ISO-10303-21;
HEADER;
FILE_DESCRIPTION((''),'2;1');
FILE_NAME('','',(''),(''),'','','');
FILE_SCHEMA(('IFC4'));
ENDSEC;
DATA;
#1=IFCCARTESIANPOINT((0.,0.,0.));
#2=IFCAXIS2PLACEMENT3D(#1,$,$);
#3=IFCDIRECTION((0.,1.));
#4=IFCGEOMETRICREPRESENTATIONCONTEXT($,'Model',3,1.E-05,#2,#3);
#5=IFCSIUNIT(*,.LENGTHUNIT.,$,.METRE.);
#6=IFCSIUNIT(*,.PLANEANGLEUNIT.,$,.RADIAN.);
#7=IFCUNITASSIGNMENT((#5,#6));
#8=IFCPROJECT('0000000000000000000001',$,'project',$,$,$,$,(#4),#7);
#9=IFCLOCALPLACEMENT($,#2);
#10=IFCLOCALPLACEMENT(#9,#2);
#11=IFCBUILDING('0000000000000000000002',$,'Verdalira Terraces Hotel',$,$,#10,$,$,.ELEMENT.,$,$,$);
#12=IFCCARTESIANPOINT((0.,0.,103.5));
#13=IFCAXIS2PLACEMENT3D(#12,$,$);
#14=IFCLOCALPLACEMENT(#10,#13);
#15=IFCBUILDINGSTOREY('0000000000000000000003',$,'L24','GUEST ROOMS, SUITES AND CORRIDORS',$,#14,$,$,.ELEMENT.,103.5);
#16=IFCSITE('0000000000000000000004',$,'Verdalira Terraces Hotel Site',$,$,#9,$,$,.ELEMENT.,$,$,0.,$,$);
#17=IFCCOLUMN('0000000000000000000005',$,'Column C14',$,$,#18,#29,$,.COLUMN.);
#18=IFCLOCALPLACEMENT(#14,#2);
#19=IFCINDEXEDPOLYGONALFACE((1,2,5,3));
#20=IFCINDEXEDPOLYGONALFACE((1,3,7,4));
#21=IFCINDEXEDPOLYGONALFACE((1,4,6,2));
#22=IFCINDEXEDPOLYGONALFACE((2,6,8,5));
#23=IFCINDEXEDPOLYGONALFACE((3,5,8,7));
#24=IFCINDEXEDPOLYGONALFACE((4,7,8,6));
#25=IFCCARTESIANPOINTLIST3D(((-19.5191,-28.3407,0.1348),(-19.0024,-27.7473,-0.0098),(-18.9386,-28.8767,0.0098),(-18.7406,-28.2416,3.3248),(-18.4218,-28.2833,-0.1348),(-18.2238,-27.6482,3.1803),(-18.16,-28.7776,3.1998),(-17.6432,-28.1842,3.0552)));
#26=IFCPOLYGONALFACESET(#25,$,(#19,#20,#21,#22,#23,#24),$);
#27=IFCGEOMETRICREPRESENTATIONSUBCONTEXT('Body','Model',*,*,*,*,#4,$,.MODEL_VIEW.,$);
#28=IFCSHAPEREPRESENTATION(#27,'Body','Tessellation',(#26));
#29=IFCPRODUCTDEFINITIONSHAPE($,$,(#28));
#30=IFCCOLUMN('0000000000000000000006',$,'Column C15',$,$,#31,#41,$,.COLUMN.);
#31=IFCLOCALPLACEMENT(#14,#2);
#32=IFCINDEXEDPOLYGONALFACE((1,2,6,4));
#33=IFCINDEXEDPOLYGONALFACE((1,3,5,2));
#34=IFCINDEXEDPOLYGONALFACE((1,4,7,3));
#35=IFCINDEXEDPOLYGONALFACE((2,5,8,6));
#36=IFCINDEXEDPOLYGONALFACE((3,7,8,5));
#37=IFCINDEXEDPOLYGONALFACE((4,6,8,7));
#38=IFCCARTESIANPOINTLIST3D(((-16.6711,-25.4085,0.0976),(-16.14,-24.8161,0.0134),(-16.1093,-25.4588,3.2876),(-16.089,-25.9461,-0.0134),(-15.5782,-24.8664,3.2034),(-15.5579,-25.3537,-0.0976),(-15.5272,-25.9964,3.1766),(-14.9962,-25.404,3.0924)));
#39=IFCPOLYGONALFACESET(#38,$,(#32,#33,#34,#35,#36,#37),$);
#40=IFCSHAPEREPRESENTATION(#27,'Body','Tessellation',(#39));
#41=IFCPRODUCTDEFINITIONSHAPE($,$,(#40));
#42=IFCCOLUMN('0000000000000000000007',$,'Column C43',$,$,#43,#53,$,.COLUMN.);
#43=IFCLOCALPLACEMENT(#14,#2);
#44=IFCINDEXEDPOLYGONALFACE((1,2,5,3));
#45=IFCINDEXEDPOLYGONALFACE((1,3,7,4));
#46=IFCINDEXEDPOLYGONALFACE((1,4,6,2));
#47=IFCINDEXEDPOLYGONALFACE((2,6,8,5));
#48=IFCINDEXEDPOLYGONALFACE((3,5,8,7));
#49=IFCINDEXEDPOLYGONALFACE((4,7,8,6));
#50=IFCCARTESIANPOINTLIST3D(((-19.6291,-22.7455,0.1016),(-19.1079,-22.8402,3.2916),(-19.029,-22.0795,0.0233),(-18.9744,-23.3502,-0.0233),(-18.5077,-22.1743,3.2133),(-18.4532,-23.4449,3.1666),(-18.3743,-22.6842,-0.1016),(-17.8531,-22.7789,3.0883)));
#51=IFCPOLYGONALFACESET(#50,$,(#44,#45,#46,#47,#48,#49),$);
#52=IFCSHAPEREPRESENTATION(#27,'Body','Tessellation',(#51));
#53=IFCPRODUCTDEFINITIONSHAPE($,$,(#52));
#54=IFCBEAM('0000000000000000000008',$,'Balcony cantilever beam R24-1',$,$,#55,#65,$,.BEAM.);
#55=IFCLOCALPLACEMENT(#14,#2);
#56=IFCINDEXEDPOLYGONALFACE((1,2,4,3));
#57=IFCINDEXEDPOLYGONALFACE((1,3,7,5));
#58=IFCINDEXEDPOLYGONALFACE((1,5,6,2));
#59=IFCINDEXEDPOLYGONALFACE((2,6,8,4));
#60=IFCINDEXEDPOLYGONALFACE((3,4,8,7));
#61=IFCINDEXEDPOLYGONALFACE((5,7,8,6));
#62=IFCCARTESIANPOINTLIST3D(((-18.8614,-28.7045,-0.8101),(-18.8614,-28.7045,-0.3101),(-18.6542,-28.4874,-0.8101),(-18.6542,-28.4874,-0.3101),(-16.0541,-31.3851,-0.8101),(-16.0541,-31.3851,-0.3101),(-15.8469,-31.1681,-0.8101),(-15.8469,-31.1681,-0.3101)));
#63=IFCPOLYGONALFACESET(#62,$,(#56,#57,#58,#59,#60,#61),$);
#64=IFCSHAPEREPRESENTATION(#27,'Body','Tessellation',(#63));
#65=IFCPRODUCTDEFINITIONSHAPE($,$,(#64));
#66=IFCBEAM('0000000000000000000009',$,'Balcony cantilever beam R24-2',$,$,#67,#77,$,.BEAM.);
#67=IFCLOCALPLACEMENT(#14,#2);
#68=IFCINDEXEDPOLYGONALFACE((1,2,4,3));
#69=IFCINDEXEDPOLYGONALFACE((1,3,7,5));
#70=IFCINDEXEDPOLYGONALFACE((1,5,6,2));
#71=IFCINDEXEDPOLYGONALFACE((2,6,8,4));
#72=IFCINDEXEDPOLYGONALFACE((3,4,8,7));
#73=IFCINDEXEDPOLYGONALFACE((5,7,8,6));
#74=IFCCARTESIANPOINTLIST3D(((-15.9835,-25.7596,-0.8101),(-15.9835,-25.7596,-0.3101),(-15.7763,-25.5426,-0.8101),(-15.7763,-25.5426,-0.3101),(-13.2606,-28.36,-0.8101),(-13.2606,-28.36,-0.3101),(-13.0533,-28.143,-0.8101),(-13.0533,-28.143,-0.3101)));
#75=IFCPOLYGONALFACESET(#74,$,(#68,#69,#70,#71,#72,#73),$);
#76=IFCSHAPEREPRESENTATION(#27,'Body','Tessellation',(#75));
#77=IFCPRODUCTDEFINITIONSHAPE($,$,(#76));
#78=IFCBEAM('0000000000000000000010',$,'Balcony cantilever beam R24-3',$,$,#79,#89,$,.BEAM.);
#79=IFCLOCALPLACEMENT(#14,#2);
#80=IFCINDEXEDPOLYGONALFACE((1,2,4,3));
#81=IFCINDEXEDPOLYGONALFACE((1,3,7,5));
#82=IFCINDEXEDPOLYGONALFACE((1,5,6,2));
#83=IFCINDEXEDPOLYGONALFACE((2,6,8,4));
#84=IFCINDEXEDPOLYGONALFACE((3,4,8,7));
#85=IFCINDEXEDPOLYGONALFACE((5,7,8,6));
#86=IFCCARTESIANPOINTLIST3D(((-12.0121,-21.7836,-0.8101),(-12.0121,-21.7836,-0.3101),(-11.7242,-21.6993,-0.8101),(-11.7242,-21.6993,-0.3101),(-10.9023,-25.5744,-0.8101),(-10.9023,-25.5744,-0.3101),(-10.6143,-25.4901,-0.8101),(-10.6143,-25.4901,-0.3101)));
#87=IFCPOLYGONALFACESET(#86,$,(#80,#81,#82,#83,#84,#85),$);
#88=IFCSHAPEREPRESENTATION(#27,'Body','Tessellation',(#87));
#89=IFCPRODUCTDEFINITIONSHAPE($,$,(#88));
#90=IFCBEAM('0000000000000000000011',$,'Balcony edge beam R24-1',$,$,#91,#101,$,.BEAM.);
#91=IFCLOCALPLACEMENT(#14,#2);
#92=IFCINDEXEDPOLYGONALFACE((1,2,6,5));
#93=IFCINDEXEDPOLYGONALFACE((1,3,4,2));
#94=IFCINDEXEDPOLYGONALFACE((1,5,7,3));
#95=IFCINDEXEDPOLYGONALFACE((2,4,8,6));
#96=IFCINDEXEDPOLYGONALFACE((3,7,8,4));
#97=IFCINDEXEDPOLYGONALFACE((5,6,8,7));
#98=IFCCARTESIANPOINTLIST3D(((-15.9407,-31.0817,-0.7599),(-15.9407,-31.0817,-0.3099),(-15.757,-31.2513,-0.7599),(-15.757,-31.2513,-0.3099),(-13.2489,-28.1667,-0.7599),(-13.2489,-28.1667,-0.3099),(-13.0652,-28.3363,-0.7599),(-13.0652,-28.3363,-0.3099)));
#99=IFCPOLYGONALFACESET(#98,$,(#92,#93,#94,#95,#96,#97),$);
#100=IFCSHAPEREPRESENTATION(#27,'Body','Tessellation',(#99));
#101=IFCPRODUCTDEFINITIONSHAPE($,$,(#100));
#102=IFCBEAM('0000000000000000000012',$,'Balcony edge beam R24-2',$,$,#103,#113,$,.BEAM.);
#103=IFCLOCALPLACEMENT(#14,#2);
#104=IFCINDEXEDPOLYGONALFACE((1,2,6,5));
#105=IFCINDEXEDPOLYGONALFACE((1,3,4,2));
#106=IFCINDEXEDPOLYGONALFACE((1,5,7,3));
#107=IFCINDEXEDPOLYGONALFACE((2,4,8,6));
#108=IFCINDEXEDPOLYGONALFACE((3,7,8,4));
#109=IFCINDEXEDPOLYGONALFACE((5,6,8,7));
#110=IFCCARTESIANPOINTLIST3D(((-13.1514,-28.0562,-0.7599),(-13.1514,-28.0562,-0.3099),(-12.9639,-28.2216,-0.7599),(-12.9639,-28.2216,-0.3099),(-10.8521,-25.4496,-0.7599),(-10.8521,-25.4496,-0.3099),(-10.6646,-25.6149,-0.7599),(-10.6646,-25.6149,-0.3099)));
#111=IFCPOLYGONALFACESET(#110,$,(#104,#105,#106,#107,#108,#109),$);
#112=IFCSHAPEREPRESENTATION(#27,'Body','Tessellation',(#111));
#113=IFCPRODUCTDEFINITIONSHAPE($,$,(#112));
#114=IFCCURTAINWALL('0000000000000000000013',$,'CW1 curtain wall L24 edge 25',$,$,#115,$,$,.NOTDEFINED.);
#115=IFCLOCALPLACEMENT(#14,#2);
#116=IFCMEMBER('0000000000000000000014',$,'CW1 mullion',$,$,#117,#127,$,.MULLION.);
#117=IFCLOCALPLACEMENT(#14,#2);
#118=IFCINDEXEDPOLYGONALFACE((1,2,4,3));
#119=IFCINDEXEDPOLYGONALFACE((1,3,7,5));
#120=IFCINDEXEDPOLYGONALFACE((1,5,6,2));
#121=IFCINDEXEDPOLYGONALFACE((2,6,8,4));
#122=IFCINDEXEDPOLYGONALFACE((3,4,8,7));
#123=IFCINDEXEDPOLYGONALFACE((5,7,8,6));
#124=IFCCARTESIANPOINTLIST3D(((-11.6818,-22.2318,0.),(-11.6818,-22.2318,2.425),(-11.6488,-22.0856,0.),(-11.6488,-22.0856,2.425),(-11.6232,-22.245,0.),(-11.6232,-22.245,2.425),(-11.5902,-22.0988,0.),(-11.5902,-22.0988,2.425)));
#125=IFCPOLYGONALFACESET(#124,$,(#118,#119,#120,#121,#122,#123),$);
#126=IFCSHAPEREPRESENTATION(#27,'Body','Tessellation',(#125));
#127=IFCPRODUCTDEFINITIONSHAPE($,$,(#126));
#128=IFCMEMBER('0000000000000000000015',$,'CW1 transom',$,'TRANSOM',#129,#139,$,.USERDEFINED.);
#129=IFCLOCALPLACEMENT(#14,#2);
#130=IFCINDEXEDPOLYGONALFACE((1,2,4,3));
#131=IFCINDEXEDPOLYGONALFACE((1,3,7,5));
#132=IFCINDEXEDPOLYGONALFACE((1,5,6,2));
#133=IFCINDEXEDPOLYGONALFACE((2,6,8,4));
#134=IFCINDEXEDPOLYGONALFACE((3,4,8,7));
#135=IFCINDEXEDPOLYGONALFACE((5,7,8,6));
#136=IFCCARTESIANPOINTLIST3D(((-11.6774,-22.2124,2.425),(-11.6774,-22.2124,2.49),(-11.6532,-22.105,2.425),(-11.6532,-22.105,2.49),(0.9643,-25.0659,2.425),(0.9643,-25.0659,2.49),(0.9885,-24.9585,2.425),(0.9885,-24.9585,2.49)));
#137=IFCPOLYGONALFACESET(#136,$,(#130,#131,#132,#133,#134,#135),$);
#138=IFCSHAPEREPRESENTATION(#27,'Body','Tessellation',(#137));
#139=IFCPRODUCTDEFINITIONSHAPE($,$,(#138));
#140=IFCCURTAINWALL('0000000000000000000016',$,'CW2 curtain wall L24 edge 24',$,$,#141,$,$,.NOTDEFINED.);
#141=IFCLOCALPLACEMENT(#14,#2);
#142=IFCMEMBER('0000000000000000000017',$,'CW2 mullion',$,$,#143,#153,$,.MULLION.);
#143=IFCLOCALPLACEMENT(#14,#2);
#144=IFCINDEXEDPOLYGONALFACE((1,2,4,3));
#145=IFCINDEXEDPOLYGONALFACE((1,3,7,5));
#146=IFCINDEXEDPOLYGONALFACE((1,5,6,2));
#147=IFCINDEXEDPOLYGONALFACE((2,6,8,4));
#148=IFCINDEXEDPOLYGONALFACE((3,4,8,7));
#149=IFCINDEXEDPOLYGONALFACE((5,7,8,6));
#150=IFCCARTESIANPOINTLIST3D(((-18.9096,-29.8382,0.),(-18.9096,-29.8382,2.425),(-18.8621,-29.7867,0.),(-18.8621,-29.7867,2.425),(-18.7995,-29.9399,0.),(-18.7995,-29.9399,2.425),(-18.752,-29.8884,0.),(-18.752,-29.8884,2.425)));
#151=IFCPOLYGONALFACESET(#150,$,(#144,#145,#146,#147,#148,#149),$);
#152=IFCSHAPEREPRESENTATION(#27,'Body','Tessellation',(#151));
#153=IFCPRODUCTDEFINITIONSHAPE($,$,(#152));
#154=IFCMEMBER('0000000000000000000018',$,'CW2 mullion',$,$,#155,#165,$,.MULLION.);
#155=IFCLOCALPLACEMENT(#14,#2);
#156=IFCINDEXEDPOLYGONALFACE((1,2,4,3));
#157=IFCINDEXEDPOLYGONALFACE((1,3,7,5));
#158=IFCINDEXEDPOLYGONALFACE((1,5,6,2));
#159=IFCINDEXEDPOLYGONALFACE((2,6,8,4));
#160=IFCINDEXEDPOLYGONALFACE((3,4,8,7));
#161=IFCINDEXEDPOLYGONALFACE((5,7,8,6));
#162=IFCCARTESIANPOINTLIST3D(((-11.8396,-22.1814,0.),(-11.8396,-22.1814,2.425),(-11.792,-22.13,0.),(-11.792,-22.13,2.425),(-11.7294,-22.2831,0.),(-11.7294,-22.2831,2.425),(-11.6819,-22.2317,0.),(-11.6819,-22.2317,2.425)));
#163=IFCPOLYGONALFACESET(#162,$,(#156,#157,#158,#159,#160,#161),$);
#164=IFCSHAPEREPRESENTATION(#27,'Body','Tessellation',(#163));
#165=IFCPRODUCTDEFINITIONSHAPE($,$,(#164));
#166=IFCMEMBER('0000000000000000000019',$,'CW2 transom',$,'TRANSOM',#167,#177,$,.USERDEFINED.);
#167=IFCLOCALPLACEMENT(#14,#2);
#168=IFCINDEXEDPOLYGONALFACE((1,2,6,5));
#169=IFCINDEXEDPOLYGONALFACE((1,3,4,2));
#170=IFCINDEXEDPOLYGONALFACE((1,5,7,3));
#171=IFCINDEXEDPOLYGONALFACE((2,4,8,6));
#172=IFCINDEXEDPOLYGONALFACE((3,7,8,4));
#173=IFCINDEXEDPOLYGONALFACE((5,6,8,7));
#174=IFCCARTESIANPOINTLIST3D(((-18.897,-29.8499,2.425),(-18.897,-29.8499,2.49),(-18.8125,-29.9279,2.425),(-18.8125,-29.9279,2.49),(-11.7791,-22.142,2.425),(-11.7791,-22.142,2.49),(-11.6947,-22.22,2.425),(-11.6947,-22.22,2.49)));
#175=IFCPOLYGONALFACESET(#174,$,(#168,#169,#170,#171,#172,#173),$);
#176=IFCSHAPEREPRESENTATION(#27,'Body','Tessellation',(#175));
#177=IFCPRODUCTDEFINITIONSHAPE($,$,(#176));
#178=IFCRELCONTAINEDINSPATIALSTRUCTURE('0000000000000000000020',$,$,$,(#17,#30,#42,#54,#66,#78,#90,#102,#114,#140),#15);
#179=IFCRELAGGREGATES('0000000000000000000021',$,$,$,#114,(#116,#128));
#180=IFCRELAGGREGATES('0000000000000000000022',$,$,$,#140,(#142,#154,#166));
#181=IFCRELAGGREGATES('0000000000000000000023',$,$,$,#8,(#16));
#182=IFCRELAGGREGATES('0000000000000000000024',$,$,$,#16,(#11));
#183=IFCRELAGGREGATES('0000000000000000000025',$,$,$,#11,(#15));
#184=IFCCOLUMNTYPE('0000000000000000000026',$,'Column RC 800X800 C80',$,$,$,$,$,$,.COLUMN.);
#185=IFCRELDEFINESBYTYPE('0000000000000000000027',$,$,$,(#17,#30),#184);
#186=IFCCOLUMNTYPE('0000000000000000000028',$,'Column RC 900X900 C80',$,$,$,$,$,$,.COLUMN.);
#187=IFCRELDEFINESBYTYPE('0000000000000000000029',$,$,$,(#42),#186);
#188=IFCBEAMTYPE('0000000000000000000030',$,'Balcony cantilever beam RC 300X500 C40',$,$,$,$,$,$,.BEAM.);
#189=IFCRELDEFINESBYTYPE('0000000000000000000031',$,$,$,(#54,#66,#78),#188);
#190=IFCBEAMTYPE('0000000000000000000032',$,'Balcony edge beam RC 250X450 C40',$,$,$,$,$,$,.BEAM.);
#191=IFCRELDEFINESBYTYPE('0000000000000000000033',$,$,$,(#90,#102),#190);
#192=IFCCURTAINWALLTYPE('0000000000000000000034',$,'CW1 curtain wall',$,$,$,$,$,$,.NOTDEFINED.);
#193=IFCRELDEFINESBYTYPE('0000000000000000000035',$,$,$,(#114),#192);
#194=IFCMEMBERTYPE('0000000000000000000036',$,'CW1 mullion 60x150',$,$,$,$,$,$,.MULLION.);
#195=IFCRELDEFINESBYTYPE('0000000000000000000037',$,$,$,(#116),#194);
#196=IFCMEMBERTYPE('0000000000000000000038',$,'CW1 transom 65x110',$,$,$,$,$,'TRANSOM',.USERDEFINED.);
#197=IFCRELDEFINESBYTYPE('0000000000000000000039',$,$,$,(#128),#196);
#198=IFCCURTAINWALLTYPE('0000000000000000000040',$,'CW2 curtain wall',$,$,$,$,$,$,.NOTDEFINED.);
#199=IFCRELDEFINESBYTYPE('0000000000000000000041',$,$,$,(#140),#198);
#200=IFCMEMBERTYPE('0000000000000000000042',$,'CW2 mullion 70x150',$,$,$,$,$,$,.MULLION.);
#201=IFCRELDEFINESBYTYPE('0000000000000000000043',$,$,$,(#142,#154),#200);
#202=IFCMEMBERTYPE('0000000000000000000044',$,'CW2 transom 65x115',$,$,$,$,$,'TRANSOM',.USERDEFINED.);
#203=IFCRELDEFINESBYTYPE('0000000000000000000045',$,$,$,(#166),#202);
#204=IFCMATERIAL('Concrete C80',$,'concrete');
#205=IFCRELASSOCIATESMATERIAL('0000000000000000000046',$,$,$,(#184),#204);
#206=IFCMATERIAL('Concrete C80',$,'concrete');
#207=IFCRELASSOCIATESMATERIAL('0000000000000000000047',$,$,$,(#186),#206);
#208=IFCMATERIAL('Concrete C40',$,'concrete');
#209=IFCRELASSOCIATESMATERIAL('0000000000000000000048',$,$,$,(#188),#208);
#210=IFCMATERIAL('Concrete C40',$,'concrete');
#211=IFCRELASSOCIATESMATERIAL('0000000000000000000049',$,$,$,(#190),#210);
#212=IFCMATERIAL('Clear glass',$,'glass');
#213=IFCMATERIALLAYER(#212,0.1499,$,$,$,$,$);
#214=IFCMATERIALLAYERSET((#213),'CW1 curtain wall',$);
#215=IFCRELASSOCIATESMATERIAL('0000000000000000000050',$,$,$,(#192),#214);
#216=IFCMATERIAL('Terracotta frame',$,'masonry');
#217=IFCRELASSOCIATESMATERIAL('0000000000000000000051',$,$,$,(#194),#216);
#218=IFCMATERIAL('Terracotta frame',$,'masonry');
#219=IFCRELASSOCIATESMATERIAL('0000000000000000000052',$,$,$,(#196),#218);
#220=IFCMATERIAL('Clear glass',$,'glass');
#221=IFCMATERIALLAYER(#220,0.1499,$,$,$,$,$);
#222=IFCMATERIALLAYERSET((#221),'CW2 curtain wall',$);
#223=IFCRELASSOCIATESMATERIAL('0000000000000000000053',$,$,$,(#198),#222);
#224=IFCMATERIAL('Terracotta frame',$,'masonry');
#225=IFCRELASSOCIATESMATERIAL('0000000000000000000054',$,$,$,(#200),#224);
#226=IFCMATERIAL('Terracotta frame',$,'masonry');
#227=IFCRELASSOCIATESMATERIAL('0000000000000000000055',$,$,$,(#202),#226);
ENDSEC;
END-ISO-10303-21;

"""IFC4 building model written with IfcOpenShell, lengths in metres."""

from ifc_helpers import new_model, si_unit, direction, frame, origin, origin_2d, place, context, subcontext, project, spatial, rectangle, extrude, material, layer, layer_set, material_profile, profile_set, type_object, element, aggregate, save


model = new_model("IFC4")

# Units and contexts
model_context = context("Model", 3, precision=1e-05, world=origin(), true_north=direction((0.0, 1.0)))
body_context = subcontext(model_context, "Body", "Model", "MODEL_VIEW")
ifc_project = project(units=[si_unit("LENGTHUNIT", "METRE"), si_unit("PLANEANGLEUNIT", "RADIAN")], contexts=[model_context])

# Site, building, storey
site_placement = place(None, origin())
site = spatial("IfcSite", under=ifc_project, at=site_placement, Name="Verdalira Terraces Hotel Site", CompositionType="ELEMENT", RefElevation=0.0)
building_placement = place(site_placement, origin())
building = spatial("IfcBuilding", under=site, at=building_placement, Name="Verdalira Terraces Hotel", CompositionType="ELEMENT")
storey_placement = place(building_placement, frame((0.0, 0.0, 103.5)))
storey = spatial("IfcBuildingStorey", under=building, at=storey_placement, Name="L24", Description="GUEST ROOMS, SUITES AND CORRIDORS", CompositionType="ELEMENT", Elevation=103.5)

# Columns
ifc_material_1 = material(Name="Concrete C80", Category="concrete")
ifc_material_profile_1 = material_profile(ifc_material_1, rectangle(XDim=0.8, YDim=0.8, at=origin_2d()), Name="RC 800X800")
ifc_profile_set_1 = profile_set([ifc_material_profile_1], Name="Concrete C80")
column_type_1 = type_object("IfcColumnType", Name="Column RC 800X800 C80", PredefinedType="COLUMN", material=ifc_profile_set_1)
column_1_placement = place(storey_placement, frame((-18.9705, -28.312, 0.0), z_axis=(0.237001, 0.030173, 0.971041), x_axis=(0.645919, 0.741713, -0.180696)))
element("IfcColumn", 1, at=column_1_placement, inside=storey, type_object=column_type_1, Name="Column C14", PredefinedType="COLUMN", context=body_context, shape_type="SweptSolid", body=[
    extrude(rectangle(XDim=0.8, YDim=0.8, at=origin_2d()), origin(), (0.0, 0.0, 1.0), 3.2852),
])
column_2_placement = place(storey_placement, frame((-16.1145, -25.3811, 0.0), z_axis=(0.173416, -0.015525, 0.984726), x_axis=(0.663788, 0.740482, -0.105223)))
element("IfcColumn", 2, at=column_2_placement, inside=storey, type_object=column_type_1, Name="Column C15", PredefinedType="COLUMN", context=body_context, shape_type="SweptSolid", body=[
    extrude(rectangle(XDim=0.8, YDim=0.8, at=origin_2d()), origin(), (0.0, 0.0, 1.0), 3.2395),
])
ifc_material_2 = material(Name="Concrete C80", Category="concrete")
ifc_material_profile_2 = material_profile(ifc_material_2, rectangle(XDim=0.8999, YDim=0.8999, at=origin_2d()), Name="RC 900X900")
ifc_profile_set_2 = profile_set([ifc_material_profile_2], Name="Concrete C80")
column_type_2 = type_object("IfcColumnType", Name="Column RC 900X900 C80", PredefinedType="COLUMN", material=ifc_profile_set_2)
column_3_placement = place(storey_placement, frame((-19.0017, -22.7148, 0.0), z_axis=(0.161193, -0.029294, 0.986488), x_axis=(-0.666898, -0.740053, 0.086996)))
element("IfcColumn", 3, at=column_3_placement, inside=storey, type_object=column_type_2, Name="Column C43", PredefinedType="COLUMN", context=body_context, shape_type="SweptSolid", body=[
    extrude(rectangle(XDim=0.8999, YDim=0.8999, at=origin_2d()), origin(), (0.0, 0.0, 1.0), 3.2336),
])

# Beams
ifc_material_3 = material(Name="Concrete C40", Category="concrete")
ifc_material_profile_3 = material_profile(ifc_material_3, rectangle(XDim=0.3, YDim=0.5, at=origin_2d()), Name="RC 300X500")
ifc_profile_set_3 = profile_set([ifc_material_profile_3], Name="Concrete C40")
beam_type_1 = type_object("IfcBeamType", Name="Balcony cantilever beam RC 300X500 C40", PredefinedType="BEAM", material=ifc_profile_set_3)
beam_1_placement = place(storey_placement, frame((-18.7578, -28.5959, -0.5601), z_axis=(0.72324, -0.690597, 0.0), x_axis=(0.690597, 0.72324, 0.0)))
element("IfcBeam", 4, at=beam_1_placement, inside=storey, type_object=beam_type_1, Name="Balcony cantilever beam R24-1", PredefinedType="BEAM", context=body_context, shape_type="SweptSolid", body=[
    extrude(rectangle(XDim=0.3, YDim=0.5, at=origin_2d()), origin(), (0.0, 0.0, 1.0), 3.8816),
])
beam_2_placement = place(storey_placement, frame((-15.8799, -25.6511, -0.5601), z_axis=(0.723195, -0.690644, 0.0), x_axis=(0.690644, 0.723195, 0.0)))
element("IfcBeam", 5, at=beam_2_placement, inside=storey, type_object=beam_type_1, Name="Balcony cantilever beam R24-2", PredefinedType="BEAM", context=body_context, shape_type="SweptSolid", body=[
    extrude(rectangle(XDim=0.3, YDim=0.5, at=origin_2d()), origin(), (0.0, 0.0, 1.0), 3.7651),
])
beam_3_placement = place(storey_placement, frame((-11.8682, -21.7415, -0.5601), z_axis=(0.280985, -0.959712, 0.0), x_axis=(0.959712, 0.280985, 0.0)))
element("IfcBeam", 6, at=beam_3_placement, inside=storey, type_object=beam_type_1, Name="Balcony cantilever beam R24-3", PredefinedType="BEAM", context=body_context, shape_type="SweptSolid", body=[
    extrude(rectangle(XDim=0.3, YDim=0.5, at=origin_2d()), origin(), (0.0, 0.0, 1.0), 3.95),
])
ifc_material_4 = material(Name="Concrete C40", Category="concrete")
ifc_material_profile_4 = material_profile(ifc_material_4, rectangle(XDim=0.25, YDim=0.45, at=origin_2d()), Name="RC 250X450")
ifc_profile_set_4 = profile_set([ifc_material_profile_4], Name="Concrete C40")
beam_type_2 = type_object("IfcBeamType", Name="Balcony edge beam RC 250X450 C40", PredefinedType="BEAM", material=ifc_profile_set_4)
beam_4_placement = place(storey_placement, frame((-15.8489, -31.1665, -0.5349), z_axis=(0.678428, 0.734667, 0.0), x_axis=(-0.734667, 0.678428, 0.0)))
element("IfcBeam", 7, at=beam_4_placement, inside=storey, type_object=beam_type_2, Name="Balcony edge beam R24-1", PredefinedType="BEAM", context=body_context, shape_type="SweptSolid", body=[
    extrude(rectangle(XDim=0.25, YDim=0.45, at=origin_2d()), origin(), (0.0, 0.0, 1.0), 3.9678),
])
beam_5_placement = place(storey_placement, frame((-13.0576, -28.1389, -0.5349), z_axis=(0.661508, 0.749938, 0.0), x_axis=(-0.749938, 0.661508, 0.0)))
element("IfcBeam", 8, at=beam_5_placement, inside=storey, type_object=beam_type_2, Name="Balcony edge beam R24-2", PredefinedType="BEAM", context=body_context, shape_type="SweptSolid", body=[
    extrude(rectangle(XDim=0.25, YDim=0.45, at=origin_2d()), origin(), (0.0, 0.0, 1.0), 3.4758),
])

# Curtain walls, members
ifc_material_5 = material(Name="Clear glass", Category="glass")
ifc_layer_1 = layer(ifc_material_5, 0.1499)
ifc_layer_set_1 = layer_set([ifc_layer_1], Name="CW1 curtain wall")
curtain_wall_type_1 = type_object("IfcCurtainWallType", Name="CW1 curtain wall", PredefinedType="NOTDEFINED", material=ifc_layer_set_1)
curtain_wall_1_placement = place(storey_placement, origin())
curtain_wall_1 = element("IfcCurtainWall", 9, at=curtain_wall_1_placement, inside=storey, type_object=curtain_wall_type_1, Name="CW1 curtain wall L24 edge 25", PredefinedType="NOTDEFINED")
ifc_material_6 = material(Name="Terracotta frame", Category="masonry")
ifc_material_profile_5 = material_profile(ifc_material_6, rectangle(XDim=0.0601, YDim=0.1499, at=origin_2d()), Name="MU 60x150")
ifc_profile_set_5 = profile_set([ifc_material_profile_5], Name="Terracotta frame")
member_type_1 = type_object("IfcMemberType", Name="CW1 mullion 60x150", PredefinedType="MULLION", material=ifc_profile_set_5)
member_1_placement = place(storey_placement, frame((-11.636, -22.1653, 0.0), z_axis=(0.0, 0.0, 1.0), x_axis=(0.975458, -0.220187, 0.0)))
member_1 = element("IfcMember", 10, at=member_1_placement, type_object=member_type_1, Name="CW1 mullion", PredefinedType="MULLION", context=body_context, shape_type="SweptSolid", body=[
    extrude(rectangle(XDim=0.0601, YDim=0.1499, at=origin_2d()), origin(), (0.0, 0.0, 1.0), 2.425),
])
ifc_material_7 = material(Name="Terracotta frame", Category="masonry")
ifc_material_profile_6 = material_profile(ifc_material_7, rectangle(XDim=0.1101, YDim=0.0649, at=origin_2d()), Name="TR 65x110")
ifc_profile_set_6 = profile_set([ifc_material_profile_6], Name="Terracotta frame")
member_type_2 = type_object("IfcMemberType", Name="CW1 transom 65x110", ElementType="TRANSOM", PredefinedType="USERDEFINED", material=ifc_profile_set_6)
member_2_placement = place(storey_placement, frame((-11.6653, -22.1587, 2.4575), z_axis=(0.975458, -0.220185, 0.0), x_axis=(0.220185, 0.975458, 0.0)))
member_2 = element("IfcMember", 11, at=member_2_placement, type_object=member_type_2, Name="CW1 transom", ObjectType="TRANSOM", PredefinedType="USERDEFINED", context=body_context, shape_type="SweptSolid", body=[
    extrude(rectangle(XDim=0.1101, YDim=0.0649, at=origin_2d()), origin(), (0.0, 0.0, 1.0), 12.9597),
])
ifc_material_8 = material(Name="Clear glass", Category="glass")
ifc_layer_2 = layer(ifc_material_8, 0.1499)
ifc_layer_set_2 = layer_set([ifc_layer_2], Name="CW2 curtain wall")
curtain_wall_type_2 = type_object("IfcCurtainWallType", Name="CW2 curtain wall", PredefinedType="NOTDEFINED", material=ifc_layer_set_2)
curtain_wall_2_placement = place(storey_placement, origin())
curtain_wall_2 = element("IfcCurtainWall", 12, at=curtain_wall_2_placement, inside=storey, type_object=curtain_wall_type_2, Name="CW2 curtain wall L24 edge 24", PredefinedType="NOTDEFINED")
ifc_material_9 = material(Name="Terracotta frame", Category="masonry")
ifc_material_profile_7 = material_profile(ifc_material_9, rectangle(XDim=0.0701, YDim=0.1499, at=origin_2d()), Name="MU 70x150")
ifc_profile_set_7 = profile_set([ifc_material_profile_7], Name="Terracotta frame")
member_type_3 = type_object("IfcMemberType", Name="CW2 mullion 70x150", PredefinedType="MULLION", material=ifc_profile_set_7)
member_3_placement = place(storey_placement, frame((-18.8308, -29.8633, 0.0), z_axis=(0.0, 0.0, 1.0), x_axis=(0.678416, 0.734678, 0.0)))
member_3 = element("IfcMember", 13, at=member_3_placement, type_object=member_type_3, Name="CW2 mullion", PredefinedType="MULLION", context=body_context, shape_type="SweptSolid", body=[
    extrude(rectangle(XDim=0.0701, YDim=0.1499, at=origin_2d()), origin(), (0.0, 0.0, 1.0), 2.425),
])
member_4_placement = place(storey_placement, frame((-11.7607, -22.2065, 0.0), z_axis=(0.0, 0.0, 1.0), x_axis=(0.678416, 0.734678, 0.0)))
member_4 = element("IfcMember", 14, at=member_4_placement, type_object=member_type_3, Name="CW2 mullion", PredefinedType="MULLION", context=body_context, shape_type="SweptSolid", body=[
    extrude(rectangle(XDim=0.0701, YDim=0.1499, at=origin_2d()), origin(), (0.0, 0.0, 1.0), 2.425),
])
ifc_material_10 = material(Name="Terracotta frame", Category="masonry")
ifc_material_profile_8 = material_profile(ifc_material_10, rectangle(XDim=0.115, YDim=0.0649, at=origin_2d()), Name="TR 65x115")
ifc_profile_set_8 = profile_set([ifc_material_profile_8], Name="Terracotta frame")
member_type_4 = type_object("IfcMemberType", Name="CW2 transom 65x115", ElementType="TRANSOM", PredefinedType="USERDEFINED", material=ifc_profile_set_8)
member_5_placement = place(storey_placement, frame((-18.8547, -29.8889, 2.4575), z_axis=(0.678426, 0.734669, 0.0), x_axis=(-0.734669, 0.678426, 0.0)))
member_5 = element("IfcMember", 15, at=member_5_placement, type_object=member_type_4, Name="CW2 transom", ObjectType="TRANSOM", PredefinedType="USERDEFINED", context=body_context, shape_type="SweptSolid", body=[
    extrude(rectangle(XDim=0.115, YDim=0.0649, at=origin_2d()), origin(), (0.0, 0.0, 1.0), 10.4917),
])

aggregate(curtain_wall_1, [member_1, member_2])

aggregate(curtain_wall_2, [member_3, member_4, member_5])

save(model, "model.ifc")
